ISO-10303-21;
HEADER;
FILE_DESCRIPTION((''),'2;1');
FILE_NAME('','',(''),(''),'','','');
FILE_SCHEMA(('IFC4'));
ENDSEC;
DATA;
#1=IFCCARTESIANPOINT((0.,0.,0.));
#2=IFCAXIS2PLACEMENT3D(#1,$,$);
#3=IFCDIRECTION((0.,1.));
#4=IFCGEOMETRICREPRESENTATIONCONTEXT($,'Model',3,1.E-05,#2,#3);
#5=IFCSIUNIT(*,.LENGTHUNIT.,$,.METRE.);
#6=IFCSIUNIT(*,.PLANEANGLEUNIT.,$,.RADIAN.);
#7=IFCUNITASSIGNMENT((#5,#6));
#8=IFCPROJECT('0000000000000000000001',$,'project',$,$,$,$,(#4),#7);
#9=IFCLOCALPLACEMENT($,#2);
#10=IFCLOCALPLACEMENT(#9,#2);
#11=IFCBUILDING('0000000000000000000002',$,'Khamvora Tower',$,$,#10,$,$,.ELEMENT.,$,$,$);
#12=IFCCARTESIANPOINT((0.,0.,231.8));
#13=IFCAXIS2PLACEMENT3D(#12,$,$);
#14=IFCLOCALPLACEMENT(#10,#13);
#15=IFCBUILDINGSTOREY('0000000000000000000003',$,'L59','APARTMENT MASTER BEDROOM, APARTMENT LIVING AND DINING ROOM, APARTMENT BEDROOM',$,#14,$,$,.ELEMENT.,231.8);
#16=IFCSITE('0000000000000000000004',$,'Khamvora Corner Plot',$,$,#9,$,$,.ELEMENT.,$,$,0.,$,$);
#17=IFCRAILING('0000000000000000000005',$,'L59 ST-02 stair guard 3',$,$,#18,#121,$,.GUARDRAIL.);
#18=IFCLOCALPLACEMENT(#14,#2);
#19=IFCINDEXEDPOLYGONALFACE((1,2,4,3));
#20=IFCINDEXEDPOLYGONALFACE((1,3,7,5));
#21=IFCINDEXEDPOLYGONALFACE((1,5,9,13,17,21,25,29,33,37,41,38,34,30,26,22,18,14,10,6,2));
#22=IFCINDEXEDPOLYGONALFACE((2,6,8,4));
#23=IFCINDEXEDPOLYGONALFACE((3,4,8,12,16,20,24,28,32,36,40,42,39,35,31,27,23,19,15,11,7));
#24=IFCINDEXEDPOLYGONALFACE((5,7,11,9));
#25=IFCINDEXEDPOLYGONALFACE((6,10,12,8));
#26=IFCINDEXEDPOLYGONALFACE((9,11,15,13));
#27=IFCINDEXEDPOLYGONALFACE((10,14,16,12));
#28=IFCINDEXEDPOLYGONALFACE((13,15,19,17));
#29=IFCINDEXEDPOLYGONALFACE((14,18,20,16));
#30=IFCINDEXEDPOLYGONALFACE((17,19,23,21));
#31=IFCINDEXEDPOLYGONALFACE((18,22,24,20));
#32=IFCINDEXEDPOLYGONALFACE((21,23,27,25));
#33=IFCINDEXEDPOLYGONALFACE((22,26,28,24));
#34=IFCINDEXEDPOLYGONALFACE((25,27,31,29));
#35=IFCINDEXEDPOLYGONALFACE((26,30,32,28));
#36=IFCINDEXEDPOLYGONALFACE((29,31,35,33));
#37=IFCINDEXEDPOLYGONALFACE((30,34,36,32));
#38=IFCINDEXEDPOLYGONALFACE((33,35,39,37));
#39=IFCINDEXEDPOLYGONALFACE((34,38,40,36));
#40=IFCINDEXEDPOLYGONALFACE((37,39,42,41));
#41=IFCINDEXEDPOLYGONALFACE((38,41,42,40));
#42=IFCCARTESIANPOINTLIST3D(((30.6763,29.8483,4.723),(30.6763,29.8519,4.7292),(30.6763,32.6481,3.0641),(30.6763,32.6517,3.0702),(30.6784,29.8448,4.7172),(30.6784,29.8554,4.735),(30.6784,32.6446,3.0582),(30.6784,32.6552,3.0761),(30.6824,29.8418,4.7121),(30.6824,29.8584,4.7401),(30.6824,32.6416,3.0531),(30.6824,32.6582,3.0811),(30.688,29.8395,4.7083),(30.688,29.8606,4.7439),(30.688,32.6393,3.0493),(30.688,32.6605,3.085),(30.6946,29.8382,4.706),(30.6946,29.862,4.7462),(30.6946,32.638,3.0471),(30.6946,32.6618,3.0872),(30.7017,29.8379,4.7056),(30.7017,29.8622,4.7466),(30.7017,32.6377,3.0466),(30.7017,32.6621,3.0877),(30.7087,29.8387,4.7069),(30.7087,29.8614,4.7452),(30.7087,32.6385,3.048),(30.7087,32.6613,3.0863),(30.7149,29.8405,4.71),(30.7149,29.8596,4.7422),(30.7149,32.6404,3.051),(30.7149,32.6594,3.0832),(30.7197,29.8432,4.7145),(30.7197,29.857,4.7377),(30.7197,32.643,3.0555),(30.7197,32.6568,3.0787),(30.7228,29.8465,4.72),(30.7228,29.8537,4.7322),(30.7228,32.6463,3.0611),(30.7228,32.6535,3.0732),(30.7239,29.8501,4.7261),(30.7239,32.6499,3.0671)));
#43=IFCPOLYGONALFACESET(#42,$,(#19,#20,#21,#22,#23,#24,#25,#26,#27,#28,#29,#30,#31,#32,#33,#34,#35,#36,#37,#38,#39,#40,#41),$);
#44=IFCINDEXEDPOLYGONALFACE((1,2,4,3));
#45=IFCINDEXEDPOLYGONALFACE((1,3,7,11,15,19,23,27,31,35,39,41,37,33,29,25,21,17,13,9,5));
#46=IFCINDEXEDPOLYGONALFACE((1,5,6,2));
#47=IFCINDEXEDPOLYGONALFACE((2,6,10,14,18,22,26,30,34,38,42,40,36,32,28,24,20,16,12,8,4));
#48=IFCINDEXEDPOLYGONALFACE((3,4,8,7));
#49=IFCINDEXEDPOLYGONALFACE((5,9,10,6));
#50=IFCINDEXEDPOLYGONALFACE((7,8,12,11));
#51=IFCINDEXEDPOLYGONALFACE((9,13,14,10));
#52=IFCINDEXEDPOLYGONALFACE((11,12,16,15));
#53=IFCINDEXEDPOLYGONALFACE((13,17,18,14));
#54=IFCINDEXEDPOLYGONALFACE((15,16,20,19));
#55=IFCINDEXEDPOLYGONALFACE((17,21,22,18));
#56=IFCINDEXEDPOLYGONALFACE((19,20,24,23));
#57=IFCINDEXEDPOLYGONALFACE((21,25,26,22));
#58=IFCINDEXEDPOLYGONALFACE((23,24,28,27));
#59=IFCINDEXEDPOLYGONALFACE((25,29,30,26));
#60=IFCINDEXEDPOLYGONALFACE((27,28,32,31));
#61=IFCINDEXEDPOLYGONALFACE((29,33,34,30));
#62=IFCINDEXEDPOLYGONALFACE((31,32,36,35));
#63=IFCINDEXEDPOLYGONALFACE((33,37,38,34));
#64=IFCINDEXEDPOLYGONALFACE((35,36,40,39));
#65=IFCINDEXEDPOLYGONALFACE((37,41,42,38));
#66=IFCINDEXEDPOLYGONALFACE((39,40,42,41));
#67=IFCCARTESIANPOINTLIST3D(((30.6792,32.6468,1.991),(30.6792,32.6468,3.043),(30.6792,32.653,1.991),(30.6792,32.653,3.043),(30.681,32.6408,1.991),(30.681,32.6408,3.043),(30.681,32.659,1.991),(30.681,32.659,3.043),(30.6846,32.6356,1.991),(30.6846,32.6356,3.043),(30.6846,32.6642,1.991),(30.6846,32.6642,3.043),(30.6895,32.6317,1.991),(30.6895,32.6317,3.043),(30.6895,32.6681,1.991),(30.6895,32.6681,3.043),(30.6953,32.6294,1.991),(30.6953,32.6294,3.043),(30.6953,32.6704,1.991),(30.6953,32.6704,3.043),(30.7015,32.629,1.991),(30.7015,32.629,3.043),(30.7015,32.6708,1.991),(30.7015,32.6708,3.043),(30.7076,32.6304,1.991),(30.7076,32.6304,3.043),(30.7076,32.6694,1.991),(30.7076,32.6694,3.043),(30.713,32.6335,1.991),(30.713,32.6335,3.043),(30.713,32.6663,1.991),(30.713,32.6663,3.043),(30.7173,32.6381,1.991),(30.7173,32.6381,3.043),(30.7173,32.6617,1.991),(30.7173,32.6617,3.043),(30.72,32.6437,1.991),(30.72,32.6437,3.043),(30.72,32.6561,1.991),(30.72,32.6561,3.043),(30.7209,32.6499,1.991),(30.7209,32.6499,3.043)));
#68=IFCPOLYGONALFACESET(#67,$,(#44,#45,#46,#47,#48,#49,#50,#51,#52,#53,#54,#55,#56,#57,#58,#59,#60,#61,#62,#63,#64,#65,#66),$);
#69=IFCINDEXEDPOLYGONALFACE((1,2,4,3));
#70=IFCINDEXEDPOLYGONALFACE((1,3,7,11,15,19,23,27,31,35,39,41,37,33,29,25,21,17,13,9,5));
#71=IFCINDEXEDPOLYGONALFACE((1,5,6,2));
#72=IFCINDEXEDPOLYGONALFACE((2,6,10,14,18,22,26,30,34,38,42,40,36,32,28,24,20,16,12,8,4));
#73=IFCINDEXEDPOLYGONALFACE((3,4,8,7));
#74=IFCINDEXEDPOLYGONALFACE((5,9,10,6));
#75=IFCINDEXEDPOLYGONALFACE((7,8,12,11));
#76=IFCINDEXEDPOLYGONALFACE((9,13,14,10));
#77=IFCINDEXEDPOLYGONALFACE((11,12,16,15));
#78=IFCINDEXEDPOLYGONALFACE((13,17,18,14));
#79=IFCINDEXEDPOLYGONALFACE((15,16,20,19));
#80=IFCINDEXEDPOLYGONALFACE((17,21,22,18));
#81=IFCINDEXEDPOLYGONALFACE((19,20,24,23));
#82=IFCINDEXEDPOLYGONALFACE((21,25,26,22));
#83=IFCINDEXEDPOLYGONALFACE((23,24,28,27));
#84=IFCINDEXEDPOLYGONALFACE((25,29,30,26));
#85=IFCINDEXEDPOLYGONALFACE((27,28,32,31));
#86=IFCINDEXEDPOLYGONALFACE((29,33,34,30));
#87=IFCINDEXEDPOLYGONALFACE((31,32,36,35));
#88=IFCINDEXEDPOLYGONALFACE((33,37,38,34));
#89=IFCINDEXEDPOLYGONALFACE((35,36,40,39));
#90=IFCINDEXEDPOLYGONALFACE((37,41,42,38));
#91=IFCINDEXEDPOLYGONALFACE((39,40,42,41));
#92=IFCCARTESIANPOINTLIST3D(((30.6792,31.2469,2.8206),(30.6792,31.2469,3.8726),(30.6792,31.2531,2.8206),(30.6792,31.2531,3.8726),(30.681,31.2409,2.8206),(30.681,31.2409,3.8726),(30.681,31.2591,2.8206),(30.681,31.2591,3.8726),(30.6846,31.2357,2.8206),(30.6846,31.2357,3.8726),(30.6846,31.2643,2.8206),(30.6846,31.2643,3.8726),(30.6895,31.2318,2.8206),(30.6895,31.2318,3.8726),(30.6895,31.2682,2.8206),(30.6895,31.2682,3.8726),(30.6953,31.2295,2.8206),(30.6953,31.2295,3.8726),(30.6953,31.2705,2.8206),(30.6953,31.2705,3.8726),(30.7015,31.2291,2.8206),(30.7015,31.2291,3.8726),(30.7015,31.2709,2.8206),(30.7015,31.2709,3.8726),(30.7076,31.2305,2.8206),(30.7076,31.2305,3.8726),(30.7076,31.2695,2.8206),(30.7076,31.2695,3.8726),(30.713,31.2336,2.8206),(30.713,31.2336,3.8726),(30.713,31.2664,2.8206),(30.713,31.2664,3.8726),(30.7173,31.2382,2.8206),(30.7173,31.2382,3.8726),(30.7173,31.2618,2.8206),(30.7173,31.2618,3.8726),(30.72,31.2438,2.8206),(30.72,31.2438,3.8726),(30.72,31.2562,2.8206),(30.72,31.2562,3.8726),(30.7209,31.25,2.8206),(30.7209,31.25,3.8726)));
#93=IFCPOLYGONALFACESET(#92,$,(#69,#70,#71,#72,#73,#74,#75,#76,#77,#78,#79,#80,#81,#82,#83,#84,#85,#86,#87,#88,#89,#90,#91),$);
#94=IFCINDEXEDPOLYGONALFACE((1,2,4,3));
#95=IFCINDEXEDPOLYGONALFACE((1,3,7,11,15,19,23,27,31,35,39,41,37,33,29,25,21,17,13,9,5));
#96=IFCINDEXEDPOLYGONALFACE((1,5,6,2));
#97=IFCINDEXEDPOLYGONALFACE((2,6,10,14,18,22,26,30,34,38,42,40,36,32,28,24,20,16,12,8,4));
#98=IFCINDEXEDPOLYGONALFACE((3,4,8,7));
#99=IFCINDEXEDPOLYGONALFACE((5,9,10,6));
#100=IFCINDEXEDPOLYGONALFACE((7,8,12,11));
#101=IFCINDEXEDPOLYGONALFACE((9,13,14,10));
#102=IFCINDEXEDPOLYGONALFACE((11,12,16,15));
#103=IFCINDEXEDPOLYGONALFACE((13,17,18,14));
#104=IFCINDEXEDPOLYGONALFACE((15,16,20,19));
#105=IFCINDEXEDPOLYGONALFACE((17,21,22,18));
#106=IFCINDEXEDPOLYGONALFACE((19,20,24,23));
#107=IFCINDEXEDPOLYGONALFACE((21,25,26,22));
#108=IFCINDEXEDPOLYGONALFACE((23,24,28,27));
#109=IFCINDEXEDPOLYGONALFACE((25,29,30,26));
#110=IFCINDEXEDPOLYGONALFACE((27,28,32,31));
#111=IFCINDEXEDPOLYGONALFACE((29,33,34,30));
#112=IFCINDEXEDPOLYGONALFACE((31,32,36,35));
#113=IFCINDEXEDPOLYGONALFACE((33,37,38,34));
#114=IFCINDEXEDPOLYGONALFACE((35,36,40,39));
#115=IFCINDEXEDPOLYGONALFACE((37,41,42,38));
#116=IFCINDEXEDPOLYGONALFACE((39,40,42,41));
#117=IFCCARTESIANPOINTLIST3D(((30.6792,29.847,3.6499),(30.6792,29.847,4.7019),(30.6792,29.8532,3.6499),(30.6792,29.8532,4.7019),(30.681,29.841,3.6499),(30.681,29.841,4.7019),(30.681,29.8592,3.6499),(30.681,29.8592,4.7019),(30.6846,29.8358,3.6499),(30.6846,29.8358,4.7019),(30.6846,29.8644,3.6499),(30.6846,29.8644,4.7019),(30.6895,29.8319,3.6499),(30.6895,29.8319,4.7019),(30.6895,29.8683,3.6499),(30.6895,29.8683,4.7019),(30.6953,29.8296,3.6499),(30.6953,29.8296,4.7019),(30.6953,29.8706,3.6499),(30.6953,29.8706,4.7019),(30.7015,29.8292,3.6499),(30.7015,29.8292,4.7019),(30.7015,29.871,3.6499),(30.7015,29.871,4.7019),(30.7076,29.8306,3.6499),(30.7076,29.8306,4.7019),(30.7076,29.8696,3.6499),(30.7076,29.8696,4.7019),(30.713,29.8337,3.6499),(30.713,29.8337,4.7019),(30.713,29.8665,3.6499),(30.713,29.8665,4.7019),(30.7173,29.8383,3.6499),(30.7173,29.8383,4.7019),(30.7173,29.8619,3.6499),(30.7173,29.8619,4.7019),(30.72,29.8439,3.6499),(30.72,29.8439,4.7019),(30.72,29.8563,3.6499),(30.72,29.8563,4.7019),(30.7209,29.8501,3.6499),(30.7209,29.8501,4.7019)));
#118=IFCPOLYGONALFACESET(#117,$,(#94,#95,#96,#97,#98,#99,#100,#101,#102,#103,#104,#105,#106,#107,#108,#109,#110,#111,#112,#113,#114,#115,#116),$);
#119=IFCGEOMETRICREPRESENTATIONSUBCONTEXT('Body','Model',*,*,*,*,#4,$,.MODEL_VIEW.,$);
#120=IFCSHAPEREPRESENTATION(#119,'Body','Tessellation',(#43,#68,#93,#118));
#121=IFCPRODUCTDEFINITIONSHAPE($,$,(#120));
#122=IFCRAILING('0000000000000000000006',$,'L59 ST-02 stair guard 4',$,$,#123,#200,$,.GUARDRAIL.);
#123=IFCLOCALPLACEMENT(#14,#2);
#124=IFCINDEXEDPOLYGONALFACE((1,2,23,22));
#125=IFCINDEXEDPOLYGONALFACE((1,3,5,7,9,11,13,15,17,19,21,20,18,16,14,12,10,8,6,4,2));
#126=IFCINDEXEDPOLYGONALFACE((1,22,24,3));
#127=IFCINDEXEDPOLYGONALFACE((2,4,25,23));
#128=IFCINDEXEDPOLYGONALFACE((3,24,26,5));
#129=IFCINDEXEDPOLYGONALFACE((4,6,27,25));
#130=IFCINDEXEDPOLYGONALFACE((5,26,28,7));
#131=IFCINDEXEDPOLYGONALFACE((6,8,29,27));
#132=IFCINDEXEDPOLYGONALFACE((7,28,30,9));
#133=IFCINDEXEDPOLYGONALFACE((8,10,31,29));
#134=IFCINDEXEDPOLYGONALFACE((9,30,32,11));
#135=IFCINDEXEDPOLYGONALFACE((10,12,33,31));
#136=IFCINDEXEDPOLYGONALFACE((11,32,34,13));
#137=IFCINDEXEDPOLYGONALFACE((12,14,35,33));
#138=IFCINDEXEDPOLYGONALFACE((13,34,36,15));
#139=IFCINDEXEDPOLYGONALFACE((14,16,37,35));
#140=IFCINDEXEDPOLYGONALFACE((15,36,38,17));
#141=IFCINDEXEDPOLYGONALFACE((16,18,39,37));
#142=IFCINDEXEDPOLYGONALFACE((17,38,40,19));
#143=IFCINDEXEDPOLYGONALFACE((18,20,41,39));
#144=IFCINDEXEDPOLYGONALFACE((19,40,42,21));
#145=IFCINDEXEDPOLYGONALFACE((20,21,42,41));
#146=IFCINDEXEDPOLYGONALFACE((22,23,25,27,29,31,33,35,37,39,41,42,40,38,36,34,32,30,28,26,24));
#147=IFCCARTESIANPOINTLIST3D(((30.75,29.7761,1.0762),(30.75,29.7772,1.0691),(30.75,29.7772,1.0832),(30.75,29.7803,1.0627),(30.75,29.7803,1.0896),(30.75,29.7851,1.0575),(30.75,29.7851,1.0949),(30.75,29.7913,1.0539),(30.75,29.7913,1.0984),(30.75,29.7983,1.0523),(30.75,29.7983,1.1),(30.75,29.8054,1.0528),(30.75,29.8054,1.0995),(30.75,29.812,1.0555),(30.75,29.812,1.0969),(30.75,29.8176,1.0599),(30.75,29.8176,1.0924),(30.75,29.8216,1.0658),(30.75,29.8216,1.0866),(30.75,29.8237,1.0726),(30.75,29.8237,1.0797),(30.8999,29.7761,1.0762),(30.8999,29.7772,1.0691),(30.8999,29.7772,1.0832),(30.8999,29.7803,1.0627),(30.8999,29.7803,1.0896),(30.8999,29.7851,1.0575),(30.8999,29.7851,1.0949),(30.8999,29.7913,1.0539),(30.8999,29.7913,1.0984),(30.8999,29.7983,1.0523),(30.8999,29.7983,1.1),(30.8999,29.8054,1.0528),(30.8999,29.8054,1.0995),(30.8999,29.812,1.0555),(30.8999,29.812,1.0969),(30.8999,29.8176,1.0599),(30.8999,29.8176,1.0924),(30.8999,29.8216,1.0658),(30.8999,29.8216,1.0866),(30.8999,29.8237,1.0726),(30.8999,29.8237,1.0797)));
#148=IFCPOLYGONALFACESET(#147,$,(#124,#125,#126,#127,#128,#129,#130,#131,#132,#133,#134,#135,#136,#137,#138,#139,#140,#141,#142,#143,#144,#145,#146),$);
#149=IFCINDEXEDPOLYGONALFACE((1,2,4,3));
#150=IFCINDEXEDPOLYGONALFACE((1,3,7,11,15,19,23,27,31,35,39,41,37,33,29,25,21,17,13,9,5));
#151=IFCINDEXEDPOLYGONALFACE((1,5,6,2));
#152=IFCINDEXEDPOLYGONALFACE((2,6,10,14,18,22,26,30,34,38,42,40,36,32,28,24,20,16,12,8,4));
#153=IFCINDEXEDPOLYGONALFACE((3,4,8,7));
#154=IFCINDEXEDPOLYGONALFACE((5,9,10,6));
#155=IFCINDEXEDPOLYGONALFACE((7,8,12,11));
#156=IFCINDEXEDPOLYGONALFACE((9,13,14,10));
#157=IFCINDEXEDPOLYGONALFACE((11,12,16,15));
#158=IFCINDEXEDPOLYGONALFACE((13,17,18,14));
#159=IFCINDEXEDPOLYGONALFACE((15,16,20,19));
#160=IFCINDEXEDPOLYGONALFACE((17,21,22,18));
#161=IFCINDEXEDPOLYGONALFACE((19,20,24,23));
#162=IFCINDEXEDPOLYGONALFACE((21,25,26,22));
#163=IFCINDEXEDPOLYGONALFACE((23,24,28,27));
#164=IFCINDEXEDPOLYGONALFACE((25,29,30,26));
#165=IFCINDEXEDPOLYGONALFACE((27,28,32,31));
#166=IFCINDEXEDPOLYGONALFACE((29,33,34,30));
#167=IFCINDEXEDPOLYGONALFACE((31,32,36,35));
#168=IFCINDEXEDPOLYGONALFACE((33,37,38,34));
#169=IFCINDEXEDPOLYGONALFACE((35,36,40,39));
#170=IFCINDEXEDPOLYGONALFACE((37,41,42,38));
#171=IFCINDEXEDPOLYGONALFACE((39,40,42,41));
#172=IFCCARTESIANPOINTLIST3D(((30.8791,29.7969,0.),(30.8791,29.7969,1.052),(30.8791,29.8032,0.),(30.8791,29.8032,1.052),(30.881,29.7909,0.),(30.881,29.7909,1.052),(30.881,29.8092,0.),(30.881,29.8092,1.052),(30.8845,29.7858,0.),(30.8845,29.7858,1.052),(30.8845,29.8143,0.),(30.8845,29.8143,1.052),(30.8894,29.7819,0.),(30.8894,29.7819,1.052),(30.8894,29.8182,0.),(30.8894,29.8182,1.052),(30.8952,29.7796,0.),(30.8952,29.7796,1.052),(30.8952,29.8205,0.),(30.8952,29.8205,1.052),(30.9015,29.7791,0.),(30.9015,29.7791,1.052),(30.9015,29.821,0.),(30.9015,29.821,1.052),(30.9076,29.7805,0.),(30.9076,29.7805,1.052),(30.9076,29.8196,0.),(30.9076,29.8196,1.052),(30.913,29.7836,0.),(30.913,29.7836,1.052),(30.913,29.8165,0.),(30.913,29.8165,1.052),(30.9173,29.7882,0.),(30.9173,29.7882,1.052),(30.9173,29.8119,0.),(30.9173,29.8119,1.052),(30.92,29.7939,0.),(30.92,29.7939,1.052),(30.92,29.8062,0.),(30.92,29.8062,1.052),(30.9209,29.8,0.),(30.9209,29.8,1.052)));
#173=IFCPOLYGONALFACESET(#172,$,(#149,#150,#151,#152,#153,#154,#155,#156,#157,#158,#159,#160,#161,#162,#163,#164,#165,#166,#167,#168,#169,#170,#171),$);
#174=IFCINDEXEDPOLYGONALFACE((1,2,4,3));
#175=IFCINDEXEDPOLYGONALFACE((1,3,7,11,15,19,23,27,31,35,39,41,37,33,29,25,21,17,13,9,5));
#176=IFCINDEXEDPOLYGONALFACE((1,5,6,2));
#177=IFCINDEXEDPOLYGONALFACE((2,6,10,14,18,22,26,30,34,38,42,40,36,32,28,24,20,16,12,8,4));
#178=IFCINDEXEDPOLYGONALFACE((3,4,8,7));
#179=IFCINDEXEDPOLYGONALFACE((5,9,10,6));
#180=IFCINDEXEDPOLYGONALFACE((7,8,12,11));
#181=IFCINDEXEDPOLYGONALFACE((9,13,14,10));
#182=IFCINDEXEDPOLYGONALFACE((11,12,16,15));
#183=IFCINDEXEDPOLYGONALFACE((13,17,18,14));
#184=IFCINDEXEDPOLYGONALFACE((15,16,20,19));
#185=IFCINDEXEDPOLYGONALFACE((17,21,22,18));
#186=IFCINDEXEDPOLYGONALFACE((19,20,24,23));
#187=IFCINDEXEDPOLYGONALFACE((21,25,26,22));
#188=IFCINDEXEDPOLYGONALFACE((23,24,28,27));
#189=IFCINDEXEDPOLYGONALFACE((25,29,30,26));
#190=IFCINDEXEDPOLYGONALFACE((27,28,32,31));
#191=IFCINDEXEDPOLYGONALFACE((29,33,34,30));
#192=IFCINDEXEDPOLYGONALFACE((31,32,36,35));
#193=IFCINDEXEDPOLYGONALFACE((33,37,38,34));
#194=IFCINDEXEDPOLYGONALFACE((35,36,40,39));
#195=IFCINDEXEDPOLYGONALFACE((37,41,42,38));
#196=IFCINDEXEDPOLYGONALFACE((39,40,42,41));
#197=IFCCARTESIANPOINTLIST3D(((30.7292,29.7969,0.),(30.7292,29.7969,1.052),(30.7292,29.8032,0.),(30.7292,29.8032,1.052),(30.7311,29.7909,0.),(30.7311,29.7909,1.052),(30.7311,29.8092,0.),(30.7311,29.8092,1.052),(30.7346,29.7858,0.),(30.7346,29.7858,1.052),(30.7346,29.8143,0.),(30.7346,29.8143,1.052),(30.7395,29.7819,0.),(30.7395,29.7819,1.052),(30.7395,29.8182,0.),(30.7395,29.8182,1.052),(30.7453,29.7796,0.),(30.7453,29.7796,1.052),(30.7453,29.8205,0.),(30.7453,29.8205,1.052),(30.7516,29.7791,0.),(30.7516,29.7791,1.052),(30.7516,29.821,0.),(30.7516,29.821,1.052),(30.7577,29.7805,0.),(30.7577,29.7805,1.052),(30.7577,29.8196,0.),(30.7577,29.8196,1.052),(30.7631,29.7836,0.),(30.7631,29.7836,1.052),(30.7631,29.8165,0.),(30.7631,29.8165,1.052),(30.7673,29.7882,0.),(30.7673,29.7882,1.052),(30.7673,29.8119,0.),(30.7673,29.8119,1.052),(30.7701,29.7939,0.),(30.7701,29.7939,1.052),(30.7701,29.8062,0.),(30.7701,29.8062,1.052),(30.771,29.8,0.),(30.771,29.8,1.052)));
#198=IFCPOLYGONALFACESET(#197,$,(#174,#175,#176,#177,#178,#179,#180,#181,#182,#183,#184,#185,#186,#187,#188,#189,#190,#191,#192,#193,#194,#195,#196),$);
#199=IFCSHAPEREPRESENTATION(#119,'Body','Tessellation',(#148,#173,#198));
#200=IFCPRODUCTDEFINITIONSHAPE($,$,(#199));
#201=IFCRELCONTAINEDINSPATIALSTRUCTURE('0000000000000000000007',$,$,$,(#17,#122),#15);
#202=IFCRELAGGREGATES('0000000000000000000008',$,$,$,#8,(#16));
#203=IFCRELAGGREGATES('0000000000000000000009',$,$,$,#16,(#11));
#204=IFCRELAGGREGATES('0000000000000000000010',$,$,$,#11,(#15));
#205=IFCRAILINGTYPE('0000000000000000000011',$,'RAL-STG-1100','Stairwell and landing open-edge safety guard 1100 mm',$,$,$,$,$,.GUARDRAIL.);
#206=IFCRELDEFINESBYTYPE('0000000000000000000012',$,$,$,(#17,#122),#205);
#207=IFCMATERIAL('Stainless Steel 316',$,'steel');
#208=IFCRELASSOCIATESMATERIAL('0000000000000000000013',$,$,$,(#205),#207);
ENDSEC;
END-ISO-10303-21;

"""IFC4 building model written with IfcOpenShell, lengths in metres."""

from ifc_helpers import new_model, si_unit, direction, frame, origin, origin_2d, place, context, subcontext, project, spatial, circle, extrude, material, type_object, element, save


model = new_model("IFC4")

# Units and contexts
model_context = context("Model", 3, precision=1e-05, world=origin(), true_north=direction((0.0, 1.0)))
body_context = subcontext(model_context, "Body", "Model", "MODEL_VIEW")
ifc_project = project(units=[si_unit("LENGTHUNIT", "METRE"), si_unit("PLANEANGLEUNIT", "RADIAN")], contexts=[model_context])

# Site, building, storey
site_placement = place(None, origin())
site = spatial("IfcSite", under=ifc_project, at=site_placement, Name="Khamvora Corner Plot", CompositionType="ELEMENT", RefElevation=0.0)
building_placement = place(site_placement, origin())
building = spatial("IfcBuilding", under=site, at=building_placement, Name="Khamvora Tower", CompositionType="ELEMENT")
storey_placement = place(building_placement, frame((0.0, 0.0, 231.8)))
storey = spatial("IfcBuildingStorey", under=building, at=storey_placement, Name="L59", Description="APARTMENT MASTER BEDROOM, APARTMENT LIVING AND DINING ROOM, APARTMENT BEDROOM", CompositionType="ELEMENT", Elevation=231.8)

# Railings
ifc_material_1 = material(Name="Stainless Steel 316", Category="steel")
railing_type_1 = type_object("IfcRailingType", Name="RAL-STG-1100", Description="Stairwell and landing open-edge safety guard 1100 mm", PredefinedType="GUARDRAIL", material=ifc_material_1)
railing_1_placement = place(storey_placement, frame((30.7, 32.6499, 1.991)))
element("IfcRailing", 1, at=railing_1_placement, inside=storey, type_object=railing_type_1, Name="L59 ST-02 stair guard 3", PredefinedType="GUARDRAIL", context=body_context, shape_type="SweptSolid", body=[
    extrude(circle(Radius=0.0239, at=origin_2d()), frame((0.0, 0.0, 1.0762), z_axis=(0.0, -0.86032, 0.509755), x_axis=(1.0, 0.0, 0.0)), (0.0, 0.0, 1.0), 3.2544),
    extrude(circle(Radius=0.021, at=origin_2d()), origin(), (0.0, 0.0, 1.0), 1.052),
    extrude(circle(Radius=0.021, at=origin_2d()), frame((0.0, -1.3999, 0.8296)), (0.0, 0.0, 1.0), 1.052),
    extrude(circle(Radius=0.021, at=origin_2d()), frame((0.0, -2.7998, 1.6589)), (0.0, 0.0, 1.0), 1.052),
])
railing_2_placement = place(storey_placement, frame((30.8999, 29.8, 0.0)))
element("IfcRailing", 2, at=railing_2_placement, inside=storey, type_object=railing_type_1, Name="L59 ST-02 stair guard 4", PredefinedType="GUARDRAIL", context=body_context, shape_type="SweptSolid", body=[
    extrude(circle(Radius=0.0239, at=origin_2d()), frame((0.0, 0.0, 1.0762), z_axis=(-1.0, 0.0, 0.0), x_axis=(0.0, -1.0, 0.0)), (0.0, 0.0, 1.0), 0.1499),
    extrude(circle(Radius=0.021, at=origin_2d()), origin(), (0.0, 0.0, 1.0), 1.052),
    extrude(circle(Radius=0.021, at=origin_2d()), frame((-0.1499, 0.0, 0.0)), (0.0, 0.0, 1.0), 1.052),
])

save(model, "model.ifc")
